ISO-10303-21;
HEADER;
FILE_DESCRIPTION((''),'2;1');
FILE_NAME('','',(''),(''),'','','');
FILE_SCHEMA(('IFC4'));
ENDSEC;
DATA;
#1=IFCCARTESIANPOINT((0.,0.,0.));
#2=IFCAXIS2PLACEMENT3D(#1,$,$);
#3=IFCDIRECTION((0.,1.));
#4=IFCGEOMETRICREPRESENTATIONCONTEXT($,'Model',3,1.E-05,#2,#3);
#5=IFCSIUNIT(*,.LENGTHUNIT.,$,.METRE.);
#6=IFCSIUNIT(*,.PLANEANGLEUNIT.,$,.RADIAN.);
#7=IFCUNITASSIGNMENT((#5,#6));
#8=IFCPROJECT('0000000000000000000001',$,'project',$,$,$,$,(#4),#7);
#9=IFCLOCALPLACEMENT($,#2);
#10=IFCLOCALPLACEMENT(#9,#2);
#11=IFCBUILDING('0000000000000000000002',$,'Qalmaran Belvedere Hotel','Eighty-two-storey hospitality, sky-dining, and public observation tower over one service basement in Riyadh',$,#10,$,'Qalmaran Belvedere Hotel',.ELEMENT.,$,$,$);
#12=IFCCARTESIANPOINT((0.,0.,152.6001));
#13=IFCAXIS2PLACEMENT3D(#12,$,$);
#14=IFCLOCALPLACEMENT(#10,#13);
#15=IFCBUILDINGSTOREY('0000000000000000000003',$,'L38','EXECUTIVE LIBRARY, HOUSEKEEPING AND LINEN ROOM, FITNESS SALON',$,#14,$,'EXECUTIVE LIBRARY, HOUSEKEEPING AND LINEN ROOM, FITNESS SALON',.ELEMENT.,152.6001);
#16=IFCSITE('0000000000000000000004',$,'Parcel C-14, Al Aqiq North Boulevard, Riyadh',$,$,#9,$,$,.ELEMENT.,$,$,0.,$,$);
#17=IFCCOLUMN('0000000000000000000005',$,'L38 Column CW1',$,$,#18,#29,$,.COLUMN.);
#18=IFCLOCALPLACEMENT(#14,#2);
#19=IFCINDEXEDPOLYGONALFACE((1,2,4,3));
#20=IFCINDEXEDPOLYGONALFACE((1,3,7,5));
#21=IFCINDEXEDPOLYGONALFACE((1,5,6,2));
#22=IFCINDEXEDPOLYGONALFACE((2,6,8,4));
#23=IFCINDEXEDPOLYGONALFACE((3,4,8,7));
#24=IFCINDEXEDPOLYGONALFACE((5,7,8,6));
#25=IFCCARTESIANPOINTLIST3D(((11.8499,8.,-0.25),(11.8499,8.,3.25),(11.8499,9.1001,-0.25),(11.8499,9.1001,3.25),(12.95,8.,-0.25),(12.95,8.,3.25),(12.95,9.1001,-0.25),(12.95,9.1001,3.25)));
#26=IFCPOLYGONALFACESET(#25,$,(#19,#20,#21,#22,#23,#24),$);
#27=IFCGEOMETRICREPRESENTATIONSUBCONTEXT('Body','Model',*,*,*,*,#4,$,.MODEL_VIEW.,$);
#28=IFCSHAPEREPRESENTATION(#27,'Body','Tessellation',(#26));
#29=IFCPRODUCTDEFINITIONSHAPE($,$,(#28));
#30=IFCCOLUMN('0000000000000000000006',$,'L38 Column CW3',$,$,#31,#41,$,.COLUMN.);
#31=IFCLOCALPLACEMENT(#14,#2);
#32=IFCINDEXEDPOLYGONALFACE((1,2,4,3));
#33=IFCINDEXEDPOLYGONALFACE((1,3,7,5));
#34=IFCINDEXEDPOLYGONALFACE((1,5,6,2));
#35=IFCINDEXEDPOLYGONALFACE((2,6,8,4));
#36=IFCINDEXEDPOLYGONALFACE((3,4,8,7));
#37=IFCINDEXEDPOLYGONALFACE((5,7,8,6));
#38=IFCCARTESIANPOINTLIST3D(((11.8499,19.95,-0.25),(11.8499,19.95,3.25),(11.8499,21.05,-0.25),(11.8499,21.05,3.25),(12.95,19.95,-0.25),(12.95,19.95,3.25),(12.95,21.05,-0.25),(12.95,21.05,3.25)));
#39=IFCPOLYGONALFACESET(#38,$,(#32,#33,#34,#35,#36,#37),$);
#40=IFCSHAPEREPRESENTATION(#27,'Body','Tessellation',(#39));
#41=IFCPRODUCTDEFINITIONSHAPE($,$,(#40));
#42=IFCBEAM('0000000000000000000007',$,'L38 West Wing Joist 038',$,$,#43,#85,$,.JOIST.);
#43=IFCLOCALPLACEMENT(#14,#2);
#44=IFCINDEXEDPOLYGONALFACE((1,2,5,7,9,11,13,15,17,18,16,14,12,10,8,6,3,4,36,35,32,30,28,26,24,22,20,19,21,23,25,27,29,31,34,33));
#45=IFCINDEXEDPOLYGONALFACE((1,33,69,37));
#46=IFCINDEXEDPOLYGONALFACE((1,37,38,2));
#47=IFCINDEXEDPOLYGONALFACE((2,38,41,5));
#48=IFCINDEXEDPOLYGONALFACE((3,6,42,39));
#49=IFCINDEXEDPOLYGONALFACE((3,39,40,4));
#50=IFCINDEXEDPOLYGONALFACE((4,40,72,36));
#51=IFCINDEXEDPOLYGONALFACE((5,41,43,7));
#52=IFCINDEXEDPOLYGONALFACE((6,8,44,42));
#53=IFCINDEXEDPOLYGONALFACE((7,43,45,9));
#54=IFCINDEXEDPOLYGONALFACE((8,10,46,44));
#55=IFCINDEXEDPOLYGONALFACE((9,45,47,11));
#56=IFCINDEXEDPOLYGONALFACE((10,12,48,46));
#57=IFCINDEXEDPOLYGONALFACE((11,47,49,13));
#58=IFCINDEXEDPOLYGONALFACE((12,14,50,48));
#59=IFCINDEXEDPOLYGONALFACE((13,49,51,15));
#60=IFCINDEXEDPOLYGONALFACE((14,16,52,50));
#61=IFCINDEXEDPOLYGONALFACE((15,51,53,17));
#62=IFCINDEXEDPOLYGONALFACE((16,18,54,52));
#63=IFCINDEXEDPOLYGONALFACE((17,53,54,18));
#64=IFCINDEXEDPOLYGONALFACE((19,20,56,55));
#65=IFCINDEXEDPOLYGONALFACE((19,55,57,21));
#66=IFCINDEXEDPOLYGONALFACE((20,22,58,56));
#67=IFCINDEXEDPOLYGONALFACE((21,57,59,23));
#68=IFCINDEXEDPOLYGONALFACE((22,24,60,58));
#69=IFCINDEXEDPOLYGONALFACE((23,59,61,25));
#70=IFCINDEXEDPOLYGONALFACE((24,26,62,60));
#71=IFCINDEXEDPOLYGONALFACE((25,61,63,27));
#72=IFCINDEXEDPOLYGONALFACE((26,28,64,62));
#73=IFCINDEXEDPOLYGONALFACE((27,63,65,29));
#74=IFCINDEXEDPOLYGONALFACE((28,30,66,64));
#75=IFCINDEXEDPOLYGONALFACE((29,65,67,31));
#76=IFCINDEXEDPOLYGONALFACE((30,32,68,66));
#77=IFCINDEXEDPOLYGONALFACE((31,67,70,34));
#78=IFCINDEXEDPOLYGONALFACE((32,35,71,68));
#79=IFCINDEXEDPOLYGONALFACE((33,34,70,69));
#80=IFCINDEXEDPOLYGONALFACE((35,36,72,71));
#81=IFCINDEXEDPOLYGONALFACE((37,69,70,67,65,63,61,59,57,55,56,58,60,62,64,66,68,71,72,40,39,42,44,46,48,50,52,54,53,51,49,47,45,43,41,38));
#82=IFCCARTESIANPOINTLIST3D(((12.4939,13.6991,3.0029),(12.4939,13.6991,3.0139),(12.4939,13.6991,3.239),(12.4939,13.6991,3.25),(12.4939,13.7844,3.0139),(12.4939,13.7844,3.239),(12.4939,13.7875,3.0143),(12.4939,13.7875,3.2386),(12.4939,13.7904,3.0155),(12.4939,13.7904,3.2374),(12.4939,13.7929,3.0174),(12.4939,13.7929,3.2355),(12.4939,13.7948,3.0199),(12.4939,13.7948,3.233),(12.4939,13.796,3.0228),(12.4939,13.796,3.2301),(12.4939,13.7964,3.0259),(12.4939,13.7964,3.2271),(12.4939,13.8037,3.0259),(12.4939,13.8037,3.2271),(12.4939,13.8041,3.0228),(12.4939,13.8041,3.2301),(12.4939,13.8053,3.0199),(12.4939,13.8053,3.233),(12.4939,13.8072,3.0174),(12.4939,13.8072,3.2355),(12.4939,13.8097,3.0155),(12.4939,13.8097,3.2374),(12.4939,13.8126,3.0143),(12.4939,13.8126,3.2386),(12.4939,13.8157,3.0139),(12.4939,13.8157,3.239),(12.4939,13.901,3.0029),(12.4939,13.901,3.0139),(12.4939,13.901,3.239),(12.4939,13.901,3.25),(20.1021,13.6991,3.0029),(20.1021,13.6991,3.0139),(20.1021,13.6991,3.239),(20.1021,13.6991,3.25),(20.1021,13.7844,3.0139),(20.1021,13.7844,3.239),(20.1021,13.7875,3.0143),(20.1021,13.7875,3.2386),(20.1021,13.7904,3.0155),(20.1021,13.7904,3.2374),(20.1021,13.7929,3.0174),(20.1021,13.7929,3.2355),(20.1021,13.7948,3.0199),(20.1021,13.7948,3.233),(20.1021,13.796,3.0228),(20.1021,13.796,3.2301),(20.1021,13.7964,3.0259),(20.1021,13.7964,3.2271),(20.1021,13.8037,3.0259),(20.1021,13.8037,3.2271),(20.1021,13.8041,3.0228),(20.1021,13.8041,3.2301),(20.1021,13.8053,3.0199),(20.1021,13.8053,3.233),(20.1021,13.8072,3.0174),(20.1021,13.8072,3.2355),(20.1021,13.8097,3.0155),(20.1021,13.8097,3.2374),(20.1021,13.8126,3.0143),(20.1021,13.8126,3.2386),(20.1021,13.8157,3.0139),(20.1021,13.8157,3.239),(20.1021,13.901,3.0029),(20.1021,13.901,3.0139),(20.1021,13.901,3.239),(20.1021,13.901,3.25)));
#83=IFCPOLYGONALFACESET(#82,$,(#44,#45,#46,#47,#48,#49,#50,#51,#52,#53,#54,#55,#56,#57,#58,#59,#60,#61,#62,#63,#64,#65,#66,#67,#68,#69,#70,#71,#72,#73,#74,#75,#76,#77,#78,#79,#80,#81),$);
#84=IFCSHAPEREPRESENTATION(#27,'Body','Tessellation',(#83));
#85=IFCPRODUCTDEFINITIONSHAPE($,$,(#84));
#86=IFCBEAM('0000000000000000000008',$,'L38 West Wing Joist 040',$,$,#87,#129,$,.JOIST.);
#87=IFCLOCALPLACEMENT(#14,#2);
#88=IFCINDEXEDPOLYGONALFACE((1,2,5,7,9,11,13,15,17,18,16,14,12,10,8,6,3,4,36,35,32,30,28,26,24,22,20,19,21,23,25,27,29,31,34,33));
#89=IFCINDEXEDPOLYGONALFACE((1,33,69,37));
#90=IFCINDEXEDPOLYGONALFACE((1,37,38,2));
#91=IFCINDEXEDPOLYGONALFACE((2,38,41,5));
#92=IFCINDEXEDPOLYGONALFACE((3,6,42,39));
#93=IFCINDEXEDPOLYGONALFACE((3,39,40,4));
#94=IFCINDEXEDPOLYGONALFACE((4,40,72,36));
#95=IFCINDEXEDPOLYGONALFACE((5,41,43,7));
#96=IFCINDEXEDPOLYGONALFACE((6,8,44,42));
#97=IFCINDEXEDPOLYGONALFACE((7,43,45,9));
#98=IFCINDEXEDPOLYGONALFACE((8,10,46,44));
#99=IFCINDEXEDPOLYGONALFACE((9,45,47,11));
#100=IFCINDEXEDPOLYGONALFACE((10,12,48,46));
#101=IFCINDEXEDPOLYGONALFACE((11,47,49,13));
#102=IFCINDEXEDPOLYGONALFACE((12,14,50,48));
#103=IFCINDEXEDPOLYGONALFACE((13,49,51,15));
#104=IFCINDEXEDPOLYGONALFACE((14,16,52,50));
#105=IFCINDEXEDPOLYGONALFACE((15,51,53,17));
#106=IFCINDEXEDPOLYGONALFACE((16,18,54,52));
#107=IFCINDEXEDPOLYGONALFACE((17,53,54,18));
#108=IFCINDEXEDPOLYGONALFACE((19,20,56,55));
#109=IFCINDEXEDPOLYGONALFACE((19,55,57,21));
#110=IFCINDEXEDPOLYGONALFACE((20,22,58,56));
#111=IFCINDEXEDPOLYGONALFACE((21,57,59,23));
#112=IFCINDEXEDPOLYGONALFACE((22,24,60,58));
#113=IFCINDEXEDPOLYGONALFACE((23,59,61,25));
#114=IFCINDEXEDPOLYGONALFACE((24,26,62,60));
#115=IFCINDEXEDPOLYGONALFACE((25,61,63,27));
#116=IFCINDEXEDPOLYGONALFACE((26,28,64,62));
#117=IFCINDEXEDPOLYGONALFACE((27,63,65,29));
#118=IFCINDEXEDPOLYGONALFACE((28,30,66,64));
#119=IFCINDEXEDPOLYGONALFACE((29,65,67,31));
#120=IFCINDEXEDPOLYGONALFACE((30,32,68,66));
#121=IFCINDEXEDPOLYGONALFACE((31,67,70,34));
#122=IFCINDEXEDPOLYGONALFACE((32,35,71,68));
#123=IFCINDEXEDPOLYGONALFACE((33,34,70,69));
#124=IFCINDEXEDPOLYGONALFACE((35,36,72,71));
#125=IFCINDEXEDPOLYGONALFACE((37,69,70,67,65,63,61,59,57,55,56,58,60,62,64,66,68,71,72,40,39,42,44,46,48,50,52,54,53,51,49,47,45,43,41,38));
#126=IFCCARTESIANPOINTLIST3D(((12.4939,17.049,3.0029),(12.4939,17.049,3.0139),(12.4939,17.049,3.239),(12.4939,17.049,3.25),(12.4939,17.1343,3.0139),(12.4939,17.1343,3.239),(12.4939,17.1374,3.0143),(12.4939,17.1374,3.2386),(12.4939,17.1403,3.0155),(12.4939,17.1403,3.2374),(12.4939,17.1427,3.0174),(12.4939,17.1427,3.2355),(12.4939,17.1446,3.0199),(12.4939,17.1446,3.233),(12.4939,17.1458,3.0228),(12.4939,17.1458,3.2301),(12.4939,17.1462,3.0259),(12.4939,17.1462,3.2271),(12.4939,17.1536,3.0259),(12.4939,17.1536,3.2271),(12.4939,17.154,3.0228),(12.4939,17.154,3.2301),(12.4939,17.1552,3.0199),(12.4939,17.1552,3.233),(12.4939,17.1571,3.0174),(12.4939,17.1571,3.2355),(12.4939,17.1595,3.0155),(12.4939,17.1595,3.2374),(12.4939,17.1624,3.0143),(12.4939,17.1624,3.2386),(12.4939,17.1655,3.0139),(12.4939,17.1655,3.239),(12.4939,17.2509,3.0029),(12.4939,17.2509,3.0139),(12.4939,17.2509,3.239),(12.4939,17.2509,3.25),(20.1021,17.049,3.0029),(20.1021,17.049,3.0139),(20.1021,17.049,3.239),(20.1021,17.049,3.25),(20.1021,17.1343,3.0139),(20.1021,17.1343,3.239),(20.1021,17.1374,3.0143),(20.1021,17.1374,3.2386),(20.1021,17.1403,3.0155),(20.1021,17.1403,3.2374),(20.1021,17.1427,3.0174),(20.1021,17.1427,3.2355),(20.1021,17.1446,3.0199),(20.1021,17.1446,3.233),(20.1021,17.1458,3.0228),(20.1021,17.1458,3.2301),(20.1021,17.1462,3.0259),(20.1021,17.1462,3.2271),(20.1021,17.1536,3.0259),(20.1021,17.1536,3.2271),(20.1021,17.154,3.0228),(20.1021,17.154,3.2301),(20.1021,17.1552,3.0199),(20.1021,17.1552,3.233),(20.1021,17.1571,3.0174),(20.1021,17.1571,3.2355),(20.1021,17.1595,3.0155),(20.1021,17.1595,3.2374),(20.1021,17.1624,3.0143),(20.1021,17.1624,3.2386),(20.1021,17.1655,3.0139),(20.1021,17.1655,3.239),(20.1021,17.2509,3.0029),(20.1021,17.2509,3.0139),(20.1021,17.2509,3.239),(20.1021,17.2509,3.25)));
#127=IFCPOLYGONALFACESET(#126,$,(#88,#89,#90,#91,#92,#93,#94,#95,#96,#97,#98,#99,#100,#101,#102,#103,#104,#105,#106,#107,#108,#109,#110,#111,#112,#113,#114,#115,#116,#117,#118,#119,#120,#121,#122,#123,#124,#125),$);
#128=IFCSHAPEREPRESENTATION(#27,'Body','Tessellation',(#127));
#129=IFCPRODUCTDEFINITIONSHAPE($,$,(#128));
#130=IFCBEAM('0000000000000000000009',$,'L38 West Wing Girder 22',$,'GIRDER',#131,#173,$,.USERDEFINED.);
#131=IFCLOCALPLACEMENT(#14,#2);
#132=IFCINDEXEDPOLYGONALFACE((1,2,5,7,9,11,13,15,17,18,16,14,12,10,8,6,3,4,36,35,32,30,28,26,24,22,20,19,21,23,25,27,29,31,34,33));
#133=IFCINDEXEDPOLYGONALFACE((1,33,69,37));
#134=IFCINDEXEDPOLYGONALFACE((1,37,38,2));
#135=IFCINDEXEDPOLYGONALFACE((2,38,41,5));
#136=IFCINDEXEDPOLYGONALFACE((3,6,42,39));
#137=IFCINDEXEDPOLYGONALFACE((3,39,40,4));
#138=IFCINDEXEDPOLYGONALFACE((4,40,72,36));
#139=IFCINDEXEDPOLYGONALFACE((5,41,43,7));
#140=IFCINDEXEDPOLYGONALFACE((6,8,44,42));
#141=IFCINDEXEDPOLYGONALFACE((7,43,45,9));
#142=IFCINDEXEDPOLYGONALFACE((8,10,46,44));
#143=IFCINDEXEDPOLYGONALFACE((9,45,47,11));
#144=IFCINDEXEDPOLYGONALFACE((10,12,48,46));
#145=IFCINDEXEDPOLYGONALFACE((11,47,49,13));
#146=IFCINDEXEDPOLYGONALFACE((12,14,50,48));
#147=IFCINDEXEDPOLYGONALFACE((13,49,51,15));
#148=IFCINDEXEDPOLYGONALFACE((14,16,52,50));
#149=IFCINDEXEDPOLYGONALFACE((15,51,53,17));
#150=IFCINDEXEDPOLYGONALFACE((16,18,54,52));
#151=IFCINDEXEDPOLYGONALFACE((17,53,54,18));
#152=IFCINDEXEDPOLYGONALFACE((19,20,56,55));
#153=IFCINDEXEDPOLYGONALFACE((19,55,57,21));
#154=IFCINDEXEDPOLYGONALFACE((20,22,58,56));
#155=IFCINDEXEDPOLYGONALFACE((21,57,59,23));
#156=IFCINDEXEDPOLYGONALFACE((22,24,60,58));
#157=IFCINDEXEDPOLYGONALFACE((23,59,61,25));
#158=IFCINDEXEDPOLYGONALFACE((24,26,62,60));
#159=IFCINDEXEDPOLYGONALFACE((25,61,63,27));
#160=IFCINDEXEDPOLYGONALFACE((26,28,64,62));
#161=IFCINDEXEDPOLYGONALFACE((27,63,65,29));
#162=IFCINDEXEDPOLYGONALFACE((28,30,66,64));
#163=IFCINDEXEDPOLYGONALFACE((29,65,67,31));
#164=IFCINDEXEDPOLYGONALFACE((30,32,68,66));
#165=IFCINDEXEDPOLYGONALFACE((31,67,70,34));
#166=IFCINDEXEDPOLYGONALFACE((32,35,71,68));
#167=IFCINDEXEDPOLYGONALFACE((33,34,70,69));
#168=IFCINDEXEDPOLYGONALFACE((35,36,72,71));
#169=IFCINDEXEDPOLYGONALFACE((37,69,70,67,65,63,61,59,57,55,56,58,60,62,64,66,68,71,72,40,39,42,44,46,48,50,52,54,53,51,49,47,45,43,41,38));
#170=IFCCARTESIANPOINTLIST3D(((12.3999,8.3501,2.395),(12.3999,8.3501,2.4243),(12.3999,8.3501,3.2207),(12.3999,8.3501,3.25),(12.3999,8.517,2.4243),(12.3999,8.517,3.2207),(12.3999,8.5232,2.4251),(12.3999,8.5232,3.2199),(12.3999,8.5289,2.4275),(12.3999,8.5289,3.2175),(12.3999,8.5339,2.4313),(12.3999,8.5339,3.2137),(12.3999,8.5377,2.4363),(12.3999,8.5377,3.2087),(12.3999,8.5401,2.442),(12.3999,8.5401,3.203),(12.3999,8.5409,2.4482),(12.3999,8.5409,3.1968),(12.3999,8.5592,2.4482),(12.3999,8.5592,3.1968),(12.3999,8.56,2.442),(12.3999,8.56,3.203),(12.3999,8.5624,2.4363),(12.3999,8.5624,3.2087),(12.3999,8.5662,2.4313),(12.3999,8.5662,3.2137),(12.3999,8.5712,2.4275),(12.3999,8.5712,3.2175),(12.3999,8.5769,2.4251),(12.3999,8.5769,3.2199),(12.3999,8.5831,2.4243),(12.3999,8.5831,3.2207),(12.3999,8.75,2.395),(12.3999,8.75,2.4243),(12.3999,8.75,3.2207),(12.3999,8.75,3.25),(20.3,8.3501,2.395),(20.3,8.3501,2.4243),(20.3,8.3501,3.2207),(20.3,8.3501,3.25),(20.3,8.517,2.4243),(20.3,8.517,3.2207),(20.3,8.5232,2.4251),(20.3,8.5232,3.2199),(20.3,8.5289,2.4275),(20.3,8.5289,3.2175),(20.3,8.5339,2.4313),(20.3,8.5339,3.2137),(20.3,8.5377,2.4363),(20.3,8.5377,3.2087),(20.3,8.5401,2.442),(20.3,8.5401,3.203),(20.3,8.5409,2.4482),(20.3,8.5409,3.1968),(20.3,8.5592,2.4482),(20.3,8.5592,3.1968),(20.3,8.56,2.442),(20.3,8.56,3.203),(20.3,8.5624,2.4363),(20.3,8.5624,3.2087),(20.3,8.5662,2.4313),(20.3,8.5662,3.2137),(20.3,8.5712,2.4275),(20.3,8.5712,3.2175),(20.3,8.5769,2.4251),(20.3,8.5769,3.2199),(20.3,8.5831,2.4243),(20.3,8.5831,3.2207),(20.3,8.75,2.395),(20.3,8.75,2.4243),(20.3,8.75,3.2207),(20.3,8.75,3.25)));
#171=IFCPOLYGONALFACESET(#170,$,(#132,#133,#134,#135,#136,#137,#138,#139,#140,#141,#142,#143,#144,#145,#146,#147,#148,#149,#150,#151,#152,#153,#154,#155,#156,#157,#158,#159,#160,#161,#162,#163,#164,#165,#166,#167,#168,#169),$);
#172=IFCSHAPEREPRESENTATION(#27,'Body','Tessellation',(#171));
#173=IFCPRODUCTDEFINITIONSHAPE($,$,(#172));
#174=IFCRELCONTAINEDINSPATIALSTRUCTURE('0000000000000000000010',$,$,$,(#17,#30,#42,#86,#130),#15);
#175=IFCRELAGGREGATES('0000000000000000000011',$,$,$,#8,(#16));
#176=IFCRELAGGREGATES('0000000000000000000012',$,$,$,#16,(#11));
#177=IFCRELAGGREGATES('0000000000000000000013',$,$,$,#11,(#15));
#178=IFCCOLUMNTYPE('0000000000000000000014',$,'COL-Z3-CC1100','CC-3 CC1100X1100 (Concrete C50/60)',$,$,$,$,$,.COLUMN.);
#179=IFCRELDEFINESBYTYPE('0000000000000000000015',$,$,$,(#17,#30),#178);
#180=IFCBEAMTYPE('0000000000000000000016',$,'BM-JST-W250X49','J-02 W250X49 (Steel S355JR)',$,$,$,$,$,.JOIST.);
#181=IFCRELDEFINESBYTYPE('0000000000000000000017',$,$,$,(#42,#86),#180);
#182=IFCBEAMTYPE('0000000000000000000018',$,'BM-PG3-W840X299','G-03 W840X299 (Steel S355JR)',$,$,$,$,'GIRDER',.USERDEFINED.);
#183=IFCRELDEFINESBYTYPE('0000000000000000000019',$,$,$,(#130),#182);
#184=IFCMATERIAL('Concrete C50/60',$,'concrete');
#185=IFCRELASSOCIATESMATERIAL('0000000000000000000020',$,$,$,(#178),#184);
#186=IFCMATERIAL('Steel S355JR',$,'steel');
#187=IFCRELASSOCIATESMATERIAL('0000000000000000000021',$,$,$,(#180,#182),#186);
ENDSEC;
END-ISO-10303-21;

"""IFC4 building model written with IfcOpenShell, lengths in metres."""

from ifc_helpers import new_model, si_unit, direction, frame, origin, origin_2d, place, context, subcontext, project, spatial, rectangle, i_section, extrude, material, material_profile, profile_set, type_object, element, save


model = new_model("IFC4")

# Units and contexts
model_context = context("Model", 3, precision=1e-05, world=origin(), true_north=direction((0.0, 1.0)))
body_context = subcontext(model_context, "Body", "Model", "MODEL_VIEW")
ifc_project = project(units=[si_unit("LENGTHUNIT", "METRE"), si_unit("PLANEANGLEUNIT", "RADIAN")], contexts=[model_context])

# Site, building, storey
site_placement = place(None, origin())
site = spatial("IfcSite", under=ifc_project, at=site_placement, Name="Parcel C-14, Al Aqiq North Boulevard, Riyadh", CompositionType="ELEMENT", RefElevation=0.0)
building_placement = place(site_placement, origin())
building = spatial("IfcBuilding", under=site, at=building_placement, Name="Qalmaran Belvedere Hotel", Description="Eighty-two-storey hospitality, sky-dining, and public observation tower over one service basement in Riyadh", LongName="Qalmaran Belvedere Hotel", CompositionType="ELEMENT")
storey_placement = place(building_placement, frame((0.0, 0.0, 152.6001)))
storey = spatial("IfcBuildingStorey", under=building, at=storey_placement, Name="L38", Description="EXECUTIVE LIBRARY, HOUSEKEEPING AND LINEN ROOM, FITNESS SALON", LongName="EXECUTIVE LIBRARY, HOUSEKEEPING AND LINEN ROOM, FITNESS SALON", CompositionType="ELEMENT", Elevation=152.6001)

# Columns
ifc_material_1 = material(Name="Concrete C50/60", Category="concrete")
ifc_material_profile_1 = material_profile(ifc_material_1, rectangle(XDim=1.1001, YDim=1.1001, at=origin_2d()), Name="CC1100X1100")
ifc_profile_set_1 = profile_set([ifc_material_profile_1], Name="Concrete C50/60")
column_type = type_object("IfcColumnType", Name="COL-Z3-CC1100", Description="CC-3 CC1100X1100 (Concrete C50/60)", PredefinedType="COLUMN", material=ifc_profile_set_1)
for number, where, z_axis, x_axis, name in (
    (1, (12.3999, 8.55, -0.25), (0.0, 0.0, 1.0), (1.0, 0.0, 0.0), "L38 Column CW1"),
    (2, (12.3999, 20.5, -0.25), (0.0, 0.0, 1.0), (1.0, 0.0, 0.0), "L38 Column CW3"),
):
    element("IfcColumn", number, at=place(storey_placement, frame(where, z_axis=z_axis, x_axis=x_axis)), inside=storey, type_object=column_type, Name=name, PredefinedType="COLUMN", context=body_context, shape_type="SweptSolid", body=[
        extrude(rectangle(XDim=1.1001, YDim=1.1001, at=origin_2d()), origin(), (0.0, 0.0, 1.0), 3.5),
    ])

# Beams
ifc_material_2 = material(Name="Steel S355JR", Category="steel")
ifc_material_profile_2 = material_profile(ifc_material_2, i_section(OverallWidth=0.2019, OverallDepth=0.2471, WebThickness=0.0073, FlangeThickness=0.011, FilletRadius=0.012, at=origin_2d()), Name="W250X49")
ifc_profile_set_2 = profile_set([ifc_material_profile_2], Name="Steel S355JR")
beam_type_1 = type_object("IfcBeamType", Name="BM-JST-W250X49", Description="J-02 W250X49 (Steel S355JR)", PredefinedType="JOIST", material=ifc_profile_set_2)
for number, where, z_axis, x_axis, name in (
    (3, (12.4939, 13.8, 3.1265), (1.0, 0.0, 0.0), (0.0, 1.0, 0.0), "L38 West Wing Joist 038"),
    (4, (12.4939, 17.1499, 3.1265), (1.0, 0.0, 0.0), (0.0, 1.0, 0.0), "L38 West Wing Joist 040"),
):
    element("IfcBeam", number, at=place(storey_placement, frame(where, z_axis=z_axis, x_axis=x_axis)), inside=storey, type_object=beam_type_1, Name=name, PredefinedType="JOIST", context=body_context, shape_type="SweptSolid", body=[
        extrude(i_section(OverallWidth=0.2019, OverallDepth=0.2471, WebThickness=0.0073, FlangeThickness=0.011, FilletRadius=0.012, at=origin_2d()), origin(), (0.0, 0.0, 1.0), 7.6082),
    ])
ifc_material_profile_3 = material_profile(ifc_material_2, i_section(OverallWidth=0.3999, OverallDepth=0.855, WebThickness=0.0183, FlangeThickness=0.0293, FilletRadius=0.0239, at=origin_2d()), Name="W840X299")
ifc_profile_set_3 = profile_set([ifc_material_profile_3], Name="Steel S355JR")
beam_type_2 = type_object("IfcBeamType", Name="BM-PG3-W840X299", Description="G-03 W840X299 (Steel S355JR)", ElementType="GIRDER", PredefinedType="USERDEFINED", material=ifc_profile_set_3)
for number, where, z_axis, x_axis, name in (
    (5, (12.3999, 8.55, 2.8225), (1.0, 0.0, 0.0), (0.0, 1.0, 0.0), "L38 West Wing Girder 22"),
):
    element("IfcBeam", number, at=place(storey_placement, frame(where, z_axis=z_axis, x_axis=x_axis)), inside=storey, type_object=beam_type_2, Name=name, ObjectType="GIRDER", PredefinedType="USERDEFINED", context=body_context, shape_type="SweptSolid", body=[
        extrude(i_section(OverallWidth=0.3999, OverallDepth=0.855, WebThickness=0.0183, FlangeThickness=0.0293, FilletRadius=0.0239, at=origin_2d()), origin(), (0.0, 0.0, 1.0), 7.9001),
    ])

save(model, "model.ifc")
